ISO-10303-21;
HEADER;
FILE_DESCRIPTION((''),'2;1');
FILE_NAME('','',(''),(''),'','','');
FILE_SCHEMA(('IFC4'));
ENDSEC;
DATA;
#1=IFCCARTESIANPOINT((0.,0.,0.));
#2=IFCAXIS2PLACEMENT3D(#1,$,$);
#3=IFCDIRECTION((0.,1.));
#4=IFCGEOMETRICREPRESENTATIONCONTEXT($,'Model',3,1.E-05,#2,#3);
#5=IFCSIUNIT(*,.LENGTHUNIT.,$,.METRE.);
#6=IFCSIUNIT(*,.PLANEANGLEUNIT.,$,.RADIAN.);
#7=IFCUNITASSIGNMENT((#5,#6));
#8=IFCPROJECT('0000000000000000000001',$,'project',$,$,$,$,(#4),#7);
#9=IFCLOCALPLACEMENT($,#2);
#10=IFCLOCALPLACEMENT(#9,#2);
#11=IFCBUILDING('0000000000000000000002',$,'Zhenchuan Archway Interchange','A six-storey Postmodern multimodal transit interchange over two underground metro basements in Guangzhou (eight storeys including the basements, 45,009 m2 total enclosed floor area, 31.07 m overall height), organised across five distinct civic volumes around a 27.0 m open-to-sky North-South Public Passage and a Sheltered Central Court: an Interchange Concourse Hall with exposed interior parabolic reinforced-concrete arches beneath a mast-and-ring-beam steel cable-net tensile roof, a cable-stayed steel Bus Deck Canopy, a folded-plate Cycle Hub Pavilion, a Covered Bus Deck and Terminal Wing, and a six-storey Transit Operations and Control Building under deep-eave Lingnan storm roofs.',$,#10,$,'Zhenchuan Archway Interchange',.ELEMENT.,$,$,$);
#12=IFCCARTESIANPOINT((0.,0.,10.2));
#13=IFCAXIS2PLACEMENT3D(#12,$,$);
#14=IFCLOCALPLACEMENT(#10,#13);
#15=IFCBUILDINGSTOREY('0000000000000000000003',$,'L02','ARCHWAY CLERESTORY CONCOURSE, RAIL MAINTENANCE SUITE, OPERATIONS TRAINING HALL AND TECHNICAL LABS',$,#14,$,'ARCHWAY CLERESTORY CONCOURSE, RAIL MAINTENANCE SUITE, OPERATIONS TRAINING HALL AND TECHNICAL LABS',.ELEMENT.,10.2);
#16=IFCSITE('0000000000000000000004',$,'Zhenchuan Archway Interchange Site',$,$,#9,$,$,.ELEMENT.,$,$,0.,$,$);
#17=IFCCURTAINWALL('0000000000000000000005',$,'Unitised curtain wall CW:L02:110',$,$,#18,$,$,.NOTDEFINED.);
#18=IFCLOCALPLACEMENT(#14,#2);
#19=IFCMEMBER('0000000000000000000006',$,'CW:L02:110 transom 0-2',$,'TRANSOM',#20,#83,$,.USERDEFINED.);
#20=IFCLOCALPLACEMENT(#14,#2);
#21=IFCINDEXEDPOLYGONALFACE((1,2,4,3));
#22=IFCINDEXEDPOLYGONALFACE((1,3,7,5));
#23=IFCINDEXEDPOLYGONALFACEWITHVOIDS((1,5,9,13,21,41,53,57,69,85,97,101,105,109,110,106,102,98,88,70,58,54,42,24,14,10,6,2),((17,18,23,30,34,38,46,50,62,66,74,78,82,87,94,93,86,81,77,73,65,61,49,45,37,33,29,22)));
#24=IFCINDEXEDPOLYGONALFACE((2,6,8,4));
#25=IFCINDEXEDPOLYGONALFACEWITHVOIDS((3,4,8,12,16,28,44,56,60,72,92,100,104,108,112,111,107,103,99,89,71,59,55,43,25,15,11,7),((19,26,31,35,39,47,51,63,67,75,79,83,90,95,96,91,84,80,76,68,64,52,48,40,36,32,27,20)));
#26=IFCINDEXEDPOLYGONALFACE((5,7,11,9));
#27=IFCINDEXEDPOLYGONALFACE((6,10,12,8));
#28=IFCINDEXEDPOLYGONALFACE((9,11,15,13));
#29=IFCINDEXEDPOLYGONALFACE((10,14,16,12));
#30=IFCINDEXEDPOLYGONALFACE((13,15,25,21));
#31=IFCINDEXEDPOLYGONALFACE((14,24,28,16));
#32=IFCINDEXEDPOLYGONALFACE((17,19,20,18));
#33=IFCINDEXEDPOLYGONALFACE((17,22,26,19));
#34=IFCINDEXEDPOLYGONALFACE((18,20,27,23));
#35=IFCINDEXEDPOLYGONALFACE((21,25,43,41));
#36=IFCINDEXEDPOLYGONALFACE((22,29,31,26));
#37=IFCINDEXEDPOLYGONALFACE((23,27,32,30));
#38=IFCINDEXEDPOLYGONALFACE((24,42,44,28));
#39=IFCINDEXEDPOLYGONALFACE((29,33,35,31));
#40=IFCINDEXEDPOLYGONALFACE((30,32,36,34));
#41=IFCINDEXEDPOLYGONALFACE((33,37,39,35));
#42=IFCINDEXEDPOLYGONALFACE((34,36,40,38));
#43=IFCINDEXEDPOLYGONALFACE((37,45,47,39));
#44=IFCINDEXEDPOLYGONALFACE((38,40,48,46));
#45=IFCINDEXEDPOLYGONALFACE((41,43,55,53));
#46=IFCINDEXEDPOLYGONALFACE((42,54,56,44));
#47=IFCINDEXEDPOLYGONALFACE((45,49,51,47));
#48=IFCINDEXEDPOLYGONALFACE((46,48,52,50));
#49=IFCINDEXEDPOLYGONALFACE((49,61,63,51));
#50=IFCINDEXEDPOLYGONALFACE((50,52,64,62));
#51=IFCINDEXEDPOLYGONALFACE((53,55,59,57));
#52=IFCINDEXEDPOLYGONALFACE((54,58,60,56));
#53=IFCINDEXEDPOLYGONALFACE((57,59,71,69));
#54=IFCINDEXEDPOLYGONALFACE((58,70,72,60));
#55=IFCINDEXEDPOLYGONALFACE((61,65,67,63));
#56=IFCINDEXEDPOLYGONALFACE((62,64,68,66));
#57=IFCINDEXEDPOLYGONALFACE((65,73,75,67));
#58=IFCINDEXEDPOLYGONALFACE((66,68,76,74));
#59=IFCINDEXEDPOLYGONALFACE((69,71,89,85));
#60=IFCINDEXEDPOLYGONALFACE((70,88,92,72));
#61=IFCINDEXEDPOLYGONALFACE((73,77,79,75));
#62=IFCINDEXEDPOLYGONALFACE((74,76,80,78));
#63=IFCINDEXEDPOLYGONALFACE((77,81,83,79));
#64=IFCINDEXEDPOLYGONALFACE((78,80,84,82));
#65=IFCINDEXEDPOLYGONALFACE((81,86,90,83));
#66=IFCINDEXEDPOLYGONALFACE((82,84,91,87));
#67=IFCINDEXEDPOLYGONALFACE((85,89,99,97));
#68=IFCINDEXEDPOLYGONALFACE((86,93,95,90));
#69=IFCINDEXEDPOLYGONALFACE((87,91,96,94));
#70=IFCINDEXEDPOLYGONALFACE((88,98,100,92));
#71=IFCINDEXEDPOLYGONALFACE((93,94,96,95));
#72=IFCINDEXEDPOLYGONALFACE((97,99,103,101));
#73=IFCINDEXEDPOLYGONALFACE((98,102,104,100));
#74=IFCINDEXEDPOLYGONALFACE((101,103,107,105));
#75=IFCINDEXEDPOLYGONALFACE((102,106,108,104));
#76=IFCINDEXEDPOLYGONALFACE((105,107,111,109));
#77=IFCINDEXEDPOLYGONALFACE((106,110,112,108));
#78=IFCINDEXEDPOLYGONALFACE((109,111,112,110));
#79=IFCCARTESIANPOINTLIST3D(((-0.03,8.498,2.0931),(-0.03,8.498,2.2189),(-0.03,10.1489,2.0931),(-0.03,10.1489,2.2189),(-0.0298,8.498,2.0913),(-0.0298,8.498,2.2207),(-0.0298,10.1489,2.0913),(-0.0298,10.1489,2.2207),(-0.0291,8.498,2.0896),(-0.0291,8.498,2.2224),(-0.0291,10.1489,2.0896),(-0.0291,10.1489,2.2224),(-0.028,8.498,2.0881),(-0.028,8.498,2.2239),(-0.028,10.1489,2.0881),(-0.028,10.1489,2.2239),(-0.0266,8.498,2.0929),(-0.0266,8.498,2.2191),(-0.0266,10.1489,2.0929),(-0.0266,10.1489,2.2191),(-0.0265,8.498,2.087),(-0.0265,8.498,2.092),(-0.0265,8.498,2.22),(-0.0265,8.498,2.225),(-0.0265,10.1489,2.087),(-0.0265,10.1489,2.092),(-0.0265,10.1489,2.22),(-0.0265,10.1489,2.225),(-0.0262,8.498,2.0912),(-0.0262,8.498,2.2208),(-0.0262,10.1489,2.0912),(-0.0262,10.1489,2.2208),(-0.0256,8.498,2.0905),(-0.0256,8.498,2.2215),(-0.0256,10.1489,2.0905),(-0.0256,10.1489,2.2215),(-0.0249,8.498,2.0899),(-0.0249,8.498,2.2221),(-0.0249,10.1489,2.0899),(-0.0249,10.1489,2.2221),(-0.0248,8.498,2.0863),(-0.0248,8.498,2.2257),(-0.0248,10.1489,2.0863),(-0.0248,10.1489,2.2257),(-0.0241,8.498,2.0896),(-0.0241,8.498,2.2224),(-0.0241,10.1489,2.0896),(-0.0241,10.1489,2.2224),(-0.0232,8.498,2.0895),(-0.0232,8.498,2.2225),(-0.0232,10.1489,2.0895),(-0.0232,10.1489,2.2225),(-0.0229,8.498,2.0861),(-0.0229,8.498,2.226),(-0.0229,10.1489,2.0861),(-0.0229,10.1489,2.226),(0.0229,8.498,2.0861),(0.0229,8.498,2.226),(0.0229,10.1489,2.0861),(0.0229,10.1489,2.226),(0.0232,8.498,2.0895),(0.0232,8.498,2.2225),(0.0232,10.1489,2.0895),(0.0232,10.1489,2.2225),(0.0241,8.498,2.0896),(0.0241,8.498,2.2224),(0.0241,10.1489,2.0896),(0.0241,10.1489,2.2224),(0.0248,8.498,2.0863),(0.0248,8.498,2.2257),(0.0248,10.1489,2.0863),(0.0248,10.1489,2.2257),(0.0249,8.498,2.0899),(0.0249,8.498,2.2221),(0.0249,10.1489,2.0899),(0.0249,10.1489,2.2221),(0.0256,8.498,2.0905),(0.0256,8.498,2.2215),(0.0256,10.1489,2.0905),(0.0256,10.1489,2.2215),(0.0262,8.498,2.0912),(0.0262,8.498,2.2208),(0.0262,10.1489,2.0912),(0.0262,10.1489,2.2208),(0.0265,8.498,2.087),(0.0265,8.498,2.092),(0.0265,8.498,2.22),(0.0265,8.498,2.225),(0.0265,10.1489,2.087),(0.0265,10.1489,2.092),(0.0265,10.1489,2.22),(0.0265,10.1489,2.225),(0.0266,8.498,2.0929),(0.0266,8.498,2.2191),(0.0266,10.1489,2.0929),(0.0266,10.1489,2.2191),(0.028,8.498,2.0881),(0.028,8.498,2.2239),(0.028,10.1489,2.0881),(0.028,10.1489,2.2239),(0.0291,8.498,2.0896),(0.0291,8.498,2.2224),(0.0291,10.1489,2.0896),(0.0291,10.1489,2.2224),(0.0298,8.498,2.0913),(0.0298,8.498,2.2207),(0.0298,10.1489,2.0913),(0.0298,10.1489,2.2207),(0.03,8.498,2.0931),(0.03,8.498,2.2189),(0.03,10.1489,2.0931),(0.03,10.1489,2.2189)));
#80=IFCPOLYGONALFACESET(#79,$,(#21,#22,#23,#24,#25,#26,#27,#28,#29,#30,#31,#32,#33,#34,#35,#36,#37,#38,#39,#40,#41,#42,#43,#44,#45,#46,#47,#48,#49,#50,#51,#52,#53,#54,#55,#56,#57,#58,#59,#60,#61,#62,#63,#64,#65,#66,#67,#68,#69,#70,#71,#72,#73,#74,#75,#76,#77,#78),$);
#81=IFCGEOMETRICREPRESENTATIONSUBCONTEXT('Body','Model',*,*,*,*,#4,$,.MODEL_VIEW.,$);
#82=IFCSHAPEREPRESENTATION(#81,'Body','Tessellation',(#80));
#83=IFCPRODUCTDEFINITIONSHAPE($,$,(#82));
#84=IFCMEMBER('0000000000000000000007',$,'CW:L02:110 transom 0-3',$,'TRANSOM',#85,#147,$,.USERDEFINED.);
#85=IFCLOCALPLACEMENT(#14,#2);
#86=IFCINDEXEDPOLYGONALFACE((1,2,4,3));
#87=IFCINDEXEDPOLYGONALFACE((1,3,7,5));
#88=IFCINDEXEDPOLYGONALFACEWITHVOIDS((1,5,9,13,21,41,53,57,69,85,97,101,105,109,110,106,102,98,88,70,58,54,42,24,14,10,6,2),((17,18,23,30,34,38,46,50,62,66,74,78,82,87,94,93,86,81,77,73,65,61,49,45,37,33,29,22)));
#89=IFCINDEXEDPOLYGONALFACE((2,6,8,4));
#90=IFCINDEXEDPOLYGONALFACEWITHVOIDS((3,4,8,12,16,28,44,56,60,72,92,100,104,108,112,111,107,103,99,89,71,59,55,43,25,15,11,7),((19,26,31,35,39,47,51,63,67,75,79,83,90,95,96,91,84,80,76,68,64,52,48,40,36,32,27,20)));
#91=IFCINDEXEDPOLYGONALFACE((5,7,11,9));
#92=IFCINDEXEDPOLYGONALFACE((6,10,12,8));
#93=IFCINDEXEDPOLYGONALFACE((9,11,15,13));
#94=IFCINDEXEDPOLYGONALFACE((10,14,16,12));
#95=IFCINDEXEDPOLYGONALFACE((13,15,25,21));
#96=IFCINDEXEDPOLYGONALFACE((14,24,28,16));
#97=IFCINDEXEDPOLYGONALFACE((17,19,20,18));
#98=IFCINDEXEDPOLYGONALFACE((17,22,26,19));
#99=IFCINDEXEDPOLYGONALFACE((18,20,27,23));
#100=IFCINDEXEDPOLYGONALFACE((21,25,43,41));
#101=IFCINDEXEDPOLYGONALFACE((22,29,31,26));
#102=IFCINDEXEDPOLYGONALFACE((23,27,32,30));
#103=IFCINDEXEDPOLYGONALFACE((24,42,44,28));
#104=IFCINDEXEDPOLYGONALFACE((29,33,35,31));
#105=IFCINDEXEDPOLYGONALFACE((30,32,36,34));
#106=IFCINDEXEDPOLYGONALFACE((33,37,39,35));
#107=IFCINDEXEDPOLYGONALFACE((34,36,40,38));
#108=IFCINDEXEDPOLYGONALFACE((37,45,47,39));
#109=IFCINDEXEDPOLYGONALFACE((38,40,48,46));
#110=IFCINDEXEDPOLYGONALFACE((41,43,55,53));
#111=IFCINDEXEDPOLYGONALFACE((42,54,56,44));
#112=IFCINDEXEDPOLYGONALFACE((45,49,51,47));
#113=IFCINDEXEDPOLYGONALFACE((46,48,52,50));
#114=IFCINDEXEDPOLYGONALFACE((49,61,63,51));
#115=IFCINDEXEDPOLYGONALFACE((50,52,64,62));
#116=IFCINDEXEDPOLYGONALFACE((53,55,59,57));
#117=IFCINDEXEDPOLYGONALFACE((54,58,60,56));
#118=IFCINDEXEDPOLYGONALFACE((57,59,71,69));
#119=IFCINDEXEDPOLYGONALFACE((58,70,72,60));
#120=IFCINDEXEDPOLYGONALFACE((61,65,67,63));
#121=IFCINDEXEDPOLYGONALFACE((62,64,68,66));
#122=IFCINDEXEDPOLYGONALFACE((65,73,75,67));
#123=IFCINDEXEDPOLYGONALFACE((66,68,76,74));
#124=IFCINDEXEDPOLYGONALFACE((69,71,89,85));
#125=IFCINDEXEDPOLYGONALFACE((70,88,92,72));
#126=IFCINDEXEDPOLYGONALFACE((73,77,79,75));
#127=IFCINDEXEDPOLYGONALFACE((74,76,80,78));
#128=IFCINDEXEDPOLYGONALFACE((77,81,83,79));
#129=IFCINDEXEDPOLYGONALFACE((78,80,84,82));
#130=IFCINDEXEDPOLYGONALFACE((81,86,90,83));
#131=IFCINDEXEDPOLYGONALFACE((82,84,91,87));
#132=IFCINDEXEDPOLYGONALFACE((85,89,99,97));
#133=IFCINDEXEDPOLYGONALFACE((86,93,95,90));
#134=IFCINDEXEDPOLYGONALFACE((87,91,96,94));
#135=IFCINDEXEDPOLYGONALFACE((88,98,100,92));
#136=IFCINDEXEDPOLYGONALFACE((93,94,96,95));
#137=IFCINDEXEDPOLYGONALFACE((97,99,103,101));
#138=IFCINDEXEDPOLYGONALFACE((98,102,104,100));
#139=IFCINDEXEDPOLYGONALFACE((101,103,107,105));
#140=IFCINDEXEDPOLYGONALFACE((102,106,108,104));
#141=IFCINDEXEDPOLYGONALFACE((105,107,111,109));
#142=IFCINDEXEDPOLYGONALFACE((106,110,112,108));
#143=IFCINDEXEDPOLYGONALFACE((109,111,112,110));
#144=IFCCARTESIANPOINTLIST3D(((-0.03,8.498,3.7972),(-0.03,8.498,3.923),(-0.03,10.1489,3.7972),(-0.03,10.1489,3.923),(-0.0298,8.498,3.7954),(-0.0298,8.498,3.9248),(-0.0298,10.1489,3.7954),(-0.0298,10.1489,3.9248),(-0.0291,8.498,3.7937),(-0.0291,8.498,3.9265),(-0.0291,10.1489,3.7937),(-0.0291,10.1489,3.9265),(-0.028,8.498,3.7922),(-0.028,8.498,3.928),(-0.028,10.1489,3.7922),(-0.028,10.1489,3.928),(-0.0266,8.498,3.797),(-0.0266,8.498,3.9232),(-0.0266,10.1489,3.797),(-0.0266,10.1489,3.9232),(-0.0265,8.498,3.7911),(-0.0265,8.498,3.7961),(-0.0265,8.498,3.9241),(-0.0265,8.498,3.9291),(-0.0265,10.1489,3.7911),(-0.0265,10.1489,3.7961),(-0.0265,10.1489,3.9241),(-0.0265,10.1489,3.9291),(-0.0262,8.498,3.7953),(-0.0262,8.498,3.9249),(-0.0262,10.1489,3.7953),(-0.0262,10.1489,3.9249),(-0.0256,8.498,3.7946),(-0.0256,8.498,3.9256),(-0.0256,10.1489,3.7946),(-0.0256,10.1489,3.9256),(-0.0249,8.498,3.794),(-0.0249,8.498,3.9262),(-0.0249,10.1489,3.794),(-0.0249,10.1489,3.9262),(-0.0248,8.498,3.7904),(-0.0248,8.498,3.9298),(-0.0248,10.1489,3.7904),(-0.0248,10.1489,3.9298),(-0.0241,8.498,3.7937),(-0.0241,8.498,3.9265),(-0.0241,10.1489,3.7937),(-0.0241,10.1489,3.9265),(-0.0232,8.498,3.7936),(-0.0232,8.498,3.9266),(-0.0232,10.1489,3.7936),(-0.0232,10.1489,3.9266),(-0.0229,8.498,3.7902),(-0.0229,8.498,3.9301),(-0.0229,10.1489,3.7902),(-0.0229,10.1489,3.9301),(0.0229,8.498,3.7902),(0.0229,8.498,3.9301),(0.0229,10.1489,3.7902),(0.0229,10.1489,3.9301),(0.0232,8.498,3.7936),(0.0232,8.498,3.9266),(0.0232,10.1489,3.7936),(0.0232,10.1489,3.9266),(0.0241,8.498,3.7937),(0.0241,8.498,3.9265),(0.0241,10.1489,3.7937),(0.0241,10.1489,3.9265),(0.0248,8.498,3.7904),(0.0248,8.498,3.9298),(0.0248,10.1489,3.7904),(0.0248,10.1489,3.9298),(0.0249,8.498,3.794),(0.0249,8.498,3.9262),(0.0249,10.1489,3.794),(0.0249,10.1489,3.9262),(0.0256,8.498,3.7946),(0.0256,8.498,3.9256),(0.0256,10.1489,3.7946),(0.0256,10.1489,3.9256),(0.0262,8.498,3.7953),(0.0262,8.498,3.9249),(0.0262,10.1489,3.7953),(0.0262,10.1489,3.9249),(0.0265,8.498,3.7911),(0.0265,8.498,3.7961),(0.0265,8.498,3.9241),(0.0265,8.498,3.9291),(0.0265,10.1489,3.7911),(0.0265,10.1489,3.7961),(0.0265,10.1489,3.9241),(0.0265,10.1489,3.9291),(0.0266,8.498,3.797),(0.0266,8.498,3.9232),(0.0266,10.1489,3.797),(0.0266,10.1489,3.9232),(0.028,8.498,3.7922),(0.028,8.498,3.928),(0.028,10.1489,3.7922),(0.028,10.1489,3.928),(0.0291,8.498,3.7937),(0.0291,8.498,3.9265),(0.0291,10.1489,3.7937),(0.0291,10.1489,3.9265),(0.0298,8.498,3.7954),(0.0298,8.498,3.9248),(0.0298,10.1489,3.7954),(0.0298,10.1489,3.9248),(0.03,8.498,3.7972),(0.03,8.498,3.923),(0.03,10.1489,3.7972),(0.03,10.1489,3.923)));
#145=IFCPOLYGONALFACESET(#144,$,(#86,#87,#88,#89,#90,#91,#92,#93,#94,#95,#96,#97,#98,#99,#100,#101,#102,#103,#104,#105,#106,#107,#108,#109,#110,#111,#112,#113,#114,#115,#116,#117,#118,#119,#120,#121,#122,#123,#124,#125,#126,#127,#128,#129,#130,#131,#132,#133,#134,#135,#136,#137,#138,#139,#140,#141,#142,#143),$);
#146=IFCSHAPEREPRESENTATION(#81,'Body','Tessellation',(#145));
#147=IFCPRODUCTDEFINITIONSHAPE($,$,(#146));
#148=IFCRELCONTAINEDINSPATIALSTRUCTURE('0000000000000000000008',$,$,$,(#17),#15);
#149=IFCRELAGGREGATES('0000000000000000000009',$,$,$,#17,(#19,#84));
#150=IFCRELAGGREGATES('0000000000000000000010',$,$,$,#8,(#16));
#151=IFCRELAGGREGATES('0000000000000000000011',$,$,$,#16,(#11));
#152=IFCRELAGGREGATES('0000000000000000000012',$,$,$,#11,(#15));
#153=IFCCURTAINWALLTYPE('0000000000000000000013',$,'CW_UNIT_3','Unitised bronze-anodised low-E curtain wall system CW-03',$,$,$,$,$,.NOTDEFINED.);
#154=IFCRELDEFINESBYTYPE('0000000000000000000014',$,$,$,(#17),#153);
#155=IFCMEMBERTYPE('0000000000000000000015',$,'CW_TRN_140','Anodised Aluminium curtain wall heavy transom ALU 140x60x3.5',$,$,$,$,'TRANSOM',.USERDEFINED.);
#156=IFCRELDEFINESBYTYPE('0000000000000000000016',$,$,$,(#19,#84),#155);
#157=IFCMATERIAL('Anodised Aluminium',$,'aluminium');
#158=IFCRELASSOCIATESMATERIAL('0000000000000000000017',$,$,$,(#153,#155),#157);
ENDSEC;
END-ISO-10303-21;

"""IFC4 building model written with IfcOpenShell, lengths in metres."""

from ifc_helpers import new_model, si_unit, direction, frame, origin, origin_2d, place, context, subcontext, project, spatial, hollow_rectangle, extrude, material, material_profile, profile_set, type_object, element, aggregate, save


model = new_model("IFC4")

# Units and contexts
model_context = context("Model", 3, precision=1e-05, world=origin(), true_north=direction((0.0, 1.0)))
body_context = subcontext(model_context, "Body", "Model", "MODEL_VIEW")
ifc_project = project(units=[si_unit("LENGTHUNIT", "METRE"), si_unit("PLANEANGLEUNIT", "RADIAN")], contexts=[model_context])

# Site, building, storey
site_placement = place(None, origin())
site = spatial("IfcSite", under=ifc_project, at=site_placement, Name="Zhenchuan Archway Interchange Site", CompositionType="ELEMENT", RefElevation=0.0)
building_placement = place(site_placement, origin())
building = spatial("IfcBuilding", under=site, at=building_placement, Name="Zhenchuan Archway Interchange", Description="A six-storey Postmodern multimodal transit interchange over two underground metro basements in Guangzhou (eight storeys including the basements, 45,009 m2 total enclosed floor area, 31.07 m overall height), organised across five distinct civic volumes around a 27.0 m open-to-sky North-South Public Passage and a Sheltered Central Court: an Interchange Concourse Hall with exposed interior parabolic reinforced-concrete arches beneath a mast-and-ring-beam steel cable-net tensile roof, a cable-stayed steel Bus Deck Canopy, a folded-plate Cycle Hub Pavilion, a Covered Bus Deck and Terminal Wing, and a six-storey Transit Operations and Control Building under deep-eave Lingnan storm roofs.", LongName="Zhenchuan Archway Interchange", CompositionType="ELEMENT")
storey_placement = place(building_placement, frame((0.0, 0.0, 10.2)))
storey = spatial("IfcBuildingStorey", under=building, at=storey_placement, Name="L02", Description="ARCHWAY CLERESTORY CONCOURSE, RAIL MAINTENANCE SUITE, OPERATIONS TRAINING HALL AND TECHNICAL LABS", LongName="ARCHWAY CLERESTORY CONCOURSE, RAIL MAINTENANCE SUITE, OPERATIONS TRAINING HALL AND TECHNICAL LABS", CompositionType="ELEMENT", Elevation=10.2)

# Curtain wall, members
ifc_material_1 = material(Name="Anodised Aluminium", Category="aluminium")
curtain_wall_type = type_object("IfcCurtainWallType", Name="CW_UNIT_3", Description="Unitised bronze-anodised low-E curtain wall system CW-03", PredefinedType="NOTDEFINED", material=ifc_material_1)
curtain_wall_placement = place(storey_placement, origin())
curtain_wall = element("IfcCurtainWall", 1, at=curtain_wall_placement, inside=storey, type_object=curtain_wall_type, Name="Unitised curtain wall CW:L02:110", PredefinedType="NOTDEFINED")
ifc_material_profile_1 = material_profile(ifc_material_1, hollow_rectangle(XDim=0.0601, YDim=0.1399, WallThickness=0.0034, InnerFilletRadius=0.0034, OuterFilletRadius=0.0071, at=origin_2d()), Name="ALU 140x60x3.5")
ifc_profile_set_1 = profile_set([ifc_material_profile_1], Name="Anodised Aluminium")
member_type_1 = type_object("IfcMemberType", Name="CW_TRN_140", Description="Anodised Aluminium curtain wall heavy transom ALU 140x60x3.5", ElementType="TRANSOM", PredefinedType="USERDEFINED", material=ifc_profile_set_1)
member_1_placement = place(storey_placement, frame((0.0, 8.498, 2.156), z_axis=(0.0, 1.0, 0.0), x_axis=(-1.0, 0.0, 0.0)))
member_1 = element("IfcMember", 2, at=member_1_placement, type_object=member_type_1, Name="CW:L02:110 transom 0-2", ObjectType="TRANSOM", PredefinedType="USERDEFINED", context=body_context, shape_type="SweptSolid", body=[
    extrude(hollow_rectangle(XDim=0.0601, YDim=0.1399, WallThickness=0.0034, InnerFilletRadius=0.0034, OuterFilletRadius=0.0071, at=origin_2d()), origin(), (0.0, 0.0, 1.0), 1.6509),
])
member_2_placement = place(storey_placement, frame((0.0, 8.498, 3.8601), z_axis=(0.0, 1.0, 0.0), x_axis=(-1.0, 0.0, 0.0)))
member_2 = element("IfcMember", 3, at=member_2_placement, type_object=member_type_1, Name="CW:L02:110 transom 0-3", ObjectType="TRANSOM", PredefinedType="USERDEFINED", context=body_context, shape_type="SweptSolid", body=[
    extrude(hollow_rectangle(XDim=0.0601, YDim=0.1399, WallThickness=0.0034, InnerFilletRadius=0.0034, OuterFilletRadius=0.0071, at=origin_2d()), origin(), (0.0, 0.0, 1.0), 1.6509),
])

aggregate(curtain_wall, [member_1, member_2])

save(model, "model.ifc")
